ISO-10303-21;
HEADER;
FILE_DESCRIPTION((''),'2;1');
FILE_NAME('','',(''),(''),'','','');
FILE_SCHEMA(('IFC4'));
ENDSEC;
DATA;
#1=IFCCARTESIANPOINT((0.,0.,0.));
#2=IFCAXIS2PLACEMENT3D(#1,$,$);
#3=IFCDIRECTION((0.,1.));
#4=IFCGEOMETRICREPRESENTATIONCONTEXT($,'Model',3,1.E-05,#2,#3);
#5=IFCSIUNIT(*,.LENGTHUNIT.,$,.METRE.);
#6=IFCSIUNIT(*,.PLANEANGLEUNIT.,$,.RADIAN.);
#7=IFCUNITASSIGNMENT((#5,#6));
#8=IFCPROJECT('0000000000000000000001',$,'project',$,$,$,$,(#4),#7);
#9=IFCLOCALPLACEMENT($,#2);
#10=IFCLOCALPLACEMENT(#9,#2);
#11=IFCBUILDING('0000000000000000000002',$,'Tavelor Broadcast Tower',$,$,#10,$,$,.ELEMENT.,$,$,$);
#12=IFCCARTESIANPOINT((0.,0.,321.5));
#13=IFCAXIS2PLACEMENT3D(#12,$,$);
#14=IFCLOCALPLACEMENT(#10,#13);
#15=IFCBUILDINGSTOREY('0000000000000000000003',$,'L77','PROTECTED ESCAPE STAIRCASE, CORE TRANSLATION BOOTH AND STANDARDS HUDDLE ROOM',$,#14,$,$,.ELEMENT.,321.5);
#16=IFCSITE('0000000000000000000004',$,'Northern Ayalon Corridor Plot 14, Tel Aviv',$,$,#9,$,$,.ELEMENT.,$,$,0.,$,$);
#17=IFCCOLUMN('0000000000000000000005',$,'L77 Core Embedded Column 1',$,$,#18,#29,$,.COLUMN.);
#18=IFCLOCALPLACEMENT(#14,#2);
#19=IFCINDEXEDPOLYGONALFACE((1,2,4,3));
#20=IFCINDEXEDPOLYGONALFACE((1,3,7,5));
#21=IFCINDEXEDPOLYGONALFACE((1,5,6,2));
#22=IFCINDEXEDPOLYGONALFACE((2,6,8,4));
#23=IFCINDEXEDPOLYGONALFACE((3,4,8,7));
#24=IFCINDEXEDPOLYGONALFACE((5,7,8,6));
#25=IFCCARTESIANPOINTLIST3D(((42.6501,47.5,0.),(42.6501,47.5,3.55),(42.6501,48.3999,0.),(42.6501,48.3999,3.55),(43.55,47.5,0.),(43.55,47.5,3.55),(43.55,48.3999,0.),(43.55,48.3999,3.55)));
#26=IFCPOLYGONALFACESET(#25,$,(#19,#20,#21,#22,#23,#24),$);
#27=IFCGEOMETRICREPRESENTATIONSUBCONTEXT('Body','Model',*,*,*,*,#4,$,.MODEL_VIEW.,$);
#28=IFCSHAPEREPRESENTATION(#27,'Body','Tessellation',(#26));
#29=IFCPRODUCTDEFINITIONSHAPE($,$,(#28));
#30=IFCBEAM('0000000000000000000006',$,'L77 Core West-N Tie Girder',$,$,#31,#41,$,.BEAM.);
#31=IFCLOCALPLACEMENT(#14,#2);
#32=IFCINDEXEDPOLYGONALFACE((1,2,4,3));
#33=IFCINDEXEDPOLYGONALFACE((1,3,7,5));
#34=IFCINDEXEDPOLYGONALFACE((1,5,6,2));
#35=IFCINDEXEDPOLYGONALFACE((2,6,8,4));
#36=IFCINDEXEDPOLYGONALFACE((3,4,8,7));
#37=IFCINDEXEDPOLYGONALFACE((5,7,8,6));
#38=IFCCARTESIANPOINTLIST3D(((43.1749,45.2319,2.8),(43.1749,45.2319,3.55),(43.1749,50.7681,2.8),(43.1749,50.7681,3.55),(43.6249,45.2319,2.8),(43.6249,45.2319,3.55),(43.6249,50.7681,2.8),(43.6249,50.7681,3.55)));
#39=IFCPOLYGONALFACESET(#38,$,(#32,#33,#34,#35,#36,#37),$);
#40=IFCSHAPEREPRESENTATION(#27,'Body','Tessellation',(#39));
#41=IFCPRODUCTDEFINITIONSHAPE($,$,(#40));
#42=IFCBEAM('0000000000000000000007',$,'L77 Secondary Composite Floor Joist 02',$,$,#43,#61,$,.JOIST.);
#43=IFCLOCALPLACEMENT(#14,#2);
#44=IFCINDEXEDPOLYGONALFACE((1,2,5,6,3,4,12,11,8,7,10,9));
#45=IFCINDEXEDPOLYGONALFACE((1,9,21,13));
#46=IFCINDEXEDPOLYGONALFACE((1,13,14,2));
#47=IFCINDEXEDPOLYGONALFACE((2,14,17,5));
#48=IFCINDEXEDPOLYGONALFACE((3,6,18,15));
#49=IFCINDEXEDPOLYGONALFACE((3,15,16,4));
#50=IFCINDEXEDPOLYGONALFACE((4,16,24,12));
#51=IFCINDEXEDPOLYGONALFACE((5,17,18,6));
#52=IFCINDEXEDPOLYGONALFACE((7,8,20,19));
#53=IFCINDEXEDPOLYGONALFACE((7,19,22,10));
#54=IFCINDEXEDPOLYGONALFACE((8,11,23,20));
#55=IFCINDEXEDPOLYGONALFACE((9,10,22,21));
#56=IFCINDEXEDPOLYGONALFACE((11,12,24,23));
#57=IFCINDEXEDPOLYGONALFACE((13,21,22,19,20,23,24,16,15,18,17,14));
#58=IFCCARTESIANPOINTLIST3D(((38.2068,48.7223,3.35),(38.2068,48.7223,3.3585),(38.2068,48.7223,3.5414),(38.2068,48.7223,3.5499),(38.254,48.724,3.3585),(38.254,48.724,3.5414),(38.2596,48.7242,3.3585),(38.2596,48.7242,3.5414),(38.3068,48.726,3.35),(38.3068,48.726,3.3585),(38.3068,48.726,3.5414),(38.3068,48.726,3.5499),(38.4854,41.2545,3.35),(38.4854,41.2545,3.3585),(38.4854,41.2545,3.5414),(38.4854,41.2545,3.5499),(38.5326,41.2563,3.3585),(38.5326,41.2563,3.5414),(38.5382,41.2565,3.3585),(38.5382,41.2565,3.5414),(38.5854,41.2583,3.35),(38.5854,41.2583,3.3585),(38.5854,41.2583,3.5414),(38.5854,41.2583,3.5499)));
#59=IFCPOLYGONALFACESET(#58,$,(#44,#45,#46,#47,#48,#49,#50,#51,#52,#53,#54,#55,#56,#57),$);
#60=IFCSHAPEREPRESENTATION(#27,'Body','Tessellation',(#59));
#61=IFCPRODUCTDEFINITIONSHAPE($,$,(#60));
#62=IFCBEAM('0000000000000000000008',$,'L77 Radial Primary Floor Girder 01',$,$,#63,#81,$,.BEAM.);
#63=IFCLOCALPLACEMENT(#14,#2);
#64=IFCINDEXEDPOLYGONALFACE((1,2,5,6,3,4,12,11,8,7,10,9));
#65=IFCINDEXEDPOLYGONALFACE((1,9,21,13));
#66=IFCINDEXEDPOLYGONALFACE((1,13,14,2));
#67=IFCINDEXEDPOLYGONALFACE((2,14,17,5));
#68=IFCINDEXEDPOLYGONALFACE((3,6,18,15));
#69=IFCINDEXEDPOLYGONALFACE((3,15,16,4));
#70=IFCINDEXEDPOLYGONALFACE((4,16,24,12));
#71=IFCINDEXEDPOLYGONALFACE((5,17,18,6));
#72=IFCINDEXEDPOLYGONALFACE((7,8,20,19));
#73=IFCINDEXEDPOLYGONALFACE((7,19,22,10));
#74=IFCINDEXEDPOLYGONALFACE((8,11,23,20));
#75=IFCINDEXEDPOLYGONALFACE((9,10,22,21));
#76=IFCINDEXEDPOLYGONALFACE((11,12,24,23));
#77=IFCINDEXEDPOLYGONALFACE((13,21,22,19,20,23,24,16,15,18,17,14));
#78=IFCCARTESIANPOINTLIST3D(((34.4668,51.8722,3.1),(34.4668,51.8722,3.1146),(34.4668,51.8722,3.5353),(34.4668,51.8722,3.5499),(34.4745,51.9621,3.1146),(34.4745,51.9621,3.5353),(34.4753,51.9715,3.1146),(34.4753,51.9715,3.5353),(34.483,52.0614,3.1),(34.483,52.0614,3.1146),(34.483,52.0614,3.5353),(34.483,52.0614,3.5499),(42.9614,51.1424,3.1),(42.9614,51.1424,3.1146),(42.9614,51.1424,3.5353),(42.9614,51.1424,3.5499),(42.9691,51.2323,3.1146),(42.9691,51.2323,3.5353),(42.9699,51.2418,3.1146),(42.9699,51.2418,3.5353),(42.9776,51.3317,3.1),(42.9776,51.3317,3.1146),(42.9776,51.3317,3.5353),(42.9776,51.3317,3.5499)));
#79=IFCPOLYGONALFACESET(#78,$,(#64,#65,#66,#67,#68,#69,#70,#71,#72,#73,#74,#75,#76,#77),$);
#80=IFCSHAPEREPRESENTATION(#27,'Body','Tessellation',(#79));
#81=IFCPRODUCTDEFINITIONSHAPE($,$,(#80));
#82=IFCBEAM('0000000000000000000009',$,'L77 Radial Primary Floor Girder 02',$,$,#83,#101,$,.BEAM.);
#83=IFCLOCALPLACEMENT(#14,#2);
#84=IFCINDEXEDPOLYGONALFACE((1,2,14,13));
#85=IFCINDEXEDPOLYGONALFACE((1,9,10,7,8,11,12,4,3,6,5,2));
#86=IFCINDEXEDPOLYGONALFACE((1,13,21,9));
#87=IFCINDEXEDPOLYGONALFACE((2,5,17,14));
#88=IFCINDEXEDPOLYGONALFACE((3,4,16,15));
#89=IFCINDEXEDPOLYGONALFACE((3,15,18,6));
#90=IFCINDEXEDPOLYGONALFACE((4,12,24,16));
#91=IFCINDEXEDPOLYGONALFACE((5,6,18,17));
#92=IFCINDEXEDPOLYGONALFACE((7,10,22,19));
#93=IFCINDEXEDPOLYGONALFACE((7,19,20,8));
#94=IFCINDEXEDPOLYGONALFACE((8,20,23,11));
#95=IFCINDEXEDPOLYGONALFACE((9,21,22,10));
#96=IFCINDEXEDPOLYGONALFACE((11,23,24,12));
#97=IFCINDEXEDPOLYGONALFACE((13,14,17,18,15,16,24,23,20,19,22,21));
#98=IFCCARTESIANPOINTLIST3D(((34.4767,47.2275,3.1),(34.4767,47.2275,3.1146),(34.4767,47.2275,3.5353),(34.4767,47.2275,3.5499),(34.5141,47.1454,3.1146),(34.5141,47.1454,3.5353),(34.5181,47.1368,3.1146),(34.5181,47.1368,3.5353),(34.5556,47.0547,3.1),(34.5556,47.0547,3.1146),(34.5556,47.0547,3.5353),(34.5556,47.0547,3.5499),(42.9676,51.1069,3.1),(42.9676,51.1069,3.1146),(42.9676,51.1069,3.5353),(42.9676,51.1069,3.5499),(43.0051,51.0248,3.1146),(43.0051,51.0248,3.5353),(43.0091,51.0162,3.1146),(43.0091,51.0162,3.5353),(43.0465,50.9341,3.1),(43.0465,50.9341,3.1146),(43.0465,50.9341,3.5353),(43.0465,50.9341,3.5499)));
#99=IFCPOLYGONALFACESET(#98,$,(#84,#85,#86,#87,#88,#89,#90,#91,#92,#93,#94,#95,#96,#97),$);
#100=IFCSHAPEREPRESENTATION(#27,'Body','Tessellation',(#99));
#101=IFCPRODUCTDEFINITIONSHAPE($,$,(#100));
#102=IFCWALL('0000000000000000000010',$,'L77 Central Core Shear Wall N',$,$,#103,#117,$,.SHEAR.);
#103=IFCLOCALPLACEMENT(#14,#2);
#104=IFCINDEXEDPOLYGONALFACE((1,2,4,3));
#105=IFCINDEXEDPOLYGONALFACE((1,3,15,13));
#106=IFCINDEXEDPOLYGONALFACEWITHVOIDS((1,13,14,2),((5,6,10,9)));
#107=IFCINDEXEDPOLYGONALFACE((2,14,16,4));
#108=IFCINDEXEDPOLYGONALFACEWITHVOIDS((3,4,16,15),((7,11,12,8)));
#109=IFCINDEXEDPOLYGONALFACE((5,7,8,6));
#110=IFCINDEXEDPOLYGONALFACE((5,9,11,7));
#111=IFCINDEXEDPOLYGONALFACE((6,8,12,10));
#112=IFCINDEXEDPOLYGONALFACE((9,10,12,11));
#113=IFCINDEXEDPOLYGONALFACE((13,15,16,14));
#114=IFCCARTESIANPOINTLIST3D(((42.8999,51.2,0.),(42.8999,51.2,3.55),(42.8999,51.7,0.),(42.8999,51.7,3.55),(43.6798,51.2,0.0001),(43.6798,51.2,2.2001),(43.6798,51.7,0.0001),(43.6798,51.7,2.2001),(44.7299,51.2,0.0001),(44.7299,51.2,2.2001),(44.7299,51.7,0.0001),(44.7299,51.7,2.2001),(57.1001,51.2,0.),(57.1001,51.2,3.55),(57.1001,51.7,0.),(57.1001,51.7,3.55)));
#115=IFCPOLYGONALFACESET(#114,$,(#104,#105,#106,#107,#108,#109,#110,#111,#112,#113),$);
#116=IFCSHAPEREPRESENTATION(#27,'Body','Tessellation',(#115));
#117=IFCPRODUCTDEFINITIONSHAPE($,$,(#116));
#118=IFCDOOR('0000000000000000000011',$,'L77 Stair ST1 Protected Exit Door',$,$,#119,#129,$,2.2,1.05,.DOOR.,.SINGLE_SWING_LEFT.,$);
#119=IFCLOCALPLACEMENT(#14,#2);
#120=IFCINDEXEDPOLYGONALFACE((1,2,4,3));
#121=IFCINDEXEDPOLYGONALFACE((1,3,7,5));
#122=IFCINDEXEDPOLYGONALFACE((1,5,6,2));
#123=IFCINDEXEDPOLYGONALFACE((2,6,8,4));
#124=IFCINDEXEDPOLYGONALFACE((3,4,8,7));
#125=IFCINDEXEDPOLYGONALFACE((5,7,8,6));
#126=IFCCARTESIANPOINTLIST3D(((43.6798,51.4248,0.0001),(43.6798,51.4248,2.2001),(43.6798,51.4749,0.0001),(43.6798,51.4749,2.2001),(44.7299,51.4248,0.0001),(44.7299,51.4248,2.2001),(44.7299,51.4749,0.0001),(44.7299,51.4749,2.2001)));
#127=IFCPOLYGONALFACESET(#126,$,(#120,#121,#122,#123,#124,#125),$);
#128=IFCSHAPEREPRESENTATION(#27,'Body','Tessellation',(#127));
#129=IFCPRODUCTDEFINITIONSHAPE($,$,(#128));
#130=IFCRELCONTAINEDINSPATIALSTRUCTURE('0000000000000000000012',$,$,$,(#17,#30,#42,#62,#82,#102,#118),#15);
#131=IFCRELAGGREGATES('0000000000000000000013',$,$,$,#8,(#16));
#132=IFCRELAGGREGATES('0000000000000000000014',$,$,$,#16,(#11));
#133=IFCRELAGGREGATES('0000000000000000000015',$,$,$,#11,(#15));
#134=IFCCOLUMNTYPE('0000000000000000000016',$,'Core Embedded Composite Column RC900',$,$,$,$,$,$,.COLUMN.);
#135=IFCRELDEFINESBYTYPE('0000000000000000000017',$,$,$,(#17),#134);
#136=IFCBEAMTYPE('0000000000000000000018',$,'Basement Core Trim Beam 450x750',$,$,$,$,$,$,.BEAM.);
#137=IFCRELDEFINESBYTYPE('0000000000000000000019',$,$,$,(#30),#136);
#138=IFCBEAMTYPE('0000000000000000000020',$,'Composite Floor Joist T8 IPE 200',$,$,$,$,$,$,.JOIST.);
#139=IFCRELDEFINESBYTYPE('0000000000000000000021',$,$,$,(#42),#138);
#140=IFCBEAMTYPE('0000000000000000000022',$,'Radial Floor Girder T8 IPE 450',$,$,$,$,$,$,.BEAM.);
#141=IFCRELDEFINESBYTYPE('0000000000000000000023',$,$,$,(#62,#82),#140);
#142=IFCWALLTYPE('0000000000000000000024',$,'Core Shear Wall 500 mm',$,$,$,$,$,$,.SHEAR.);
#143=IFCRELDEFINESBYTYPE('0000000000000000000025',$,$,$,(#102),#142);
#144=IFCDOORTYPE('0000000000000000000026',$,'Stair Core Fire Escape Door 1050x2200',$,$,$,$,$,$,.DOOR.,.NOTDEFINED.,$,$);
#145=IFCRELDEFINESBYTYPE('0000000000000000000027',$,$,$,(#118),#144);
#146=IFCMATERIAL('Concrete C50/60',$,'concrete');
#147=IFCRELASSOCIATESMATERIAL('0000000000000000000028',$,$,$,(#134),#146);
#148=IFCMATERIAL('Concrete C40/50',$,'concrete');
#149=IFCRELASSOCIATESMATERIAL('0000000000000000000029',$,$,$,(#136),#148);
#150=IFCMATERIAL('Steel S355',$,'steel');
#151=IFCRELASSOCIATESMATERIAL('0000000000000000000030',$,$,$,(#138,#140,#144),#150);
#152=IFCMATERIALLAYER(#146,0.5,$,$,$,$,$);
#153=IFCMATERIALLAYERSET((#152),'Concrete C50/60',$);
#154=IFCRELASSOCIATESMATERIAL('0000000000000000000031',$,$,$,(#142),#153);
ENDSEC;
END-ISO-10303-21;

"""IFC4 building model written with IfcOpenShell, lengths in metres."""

from ifc_helpers import new_model, si_unit, direction, frame, frame_2d, origin, origin_2d, place, context, subcontext, project, spatial, rectangle, i_section, extrude, material, layer, layer_set, material_profile, profile_set, type_object, element, fill, save


model = new_model("IFC4")

# Units and contexts
model_context = context("Model", 3, precision=1e-05, world=origin(), true_north=direction((0.0, 1.0)))
body_context = subcontext(model_context, "Body", "Model", "MODEL_VIEW")
ifc_project = project(units=[si_unit("LENGTHUNIT", "METRE"), si_unit("PLANEANGLEUNIT", "RADIAN")], contexts=[model_context])

# Site, building, storey
site_placement = place(None, origin())
site = spatial("IfcSite", under=ifc_project, at=site_placement, Name="Northern Ayalon Corridor Plot 14, Tel Aviv", CompositionType="ELEMENT", RefElevation=0.0)
building_placement = place(site_placement, origin())
building = spatial("IfcBuilding", under=site, at=building_placement, Name="Tavelor Broadcast Tower", CompositionType="ELEMENT")
storey_placement = place(building_placement, frame((0.0, 0.0, 321.5)))
storey = spatial("IfcBuildingStorey", under=building, at=storey_placement, Name="L77", Description="PROTECTED ESCAPE STAIRCASE, CORE TRANSLATION BOOTH AND STANDARDS HUDDLE ROOM", CompositionType="ELEMENT", Elevation=321.5)

# Column
ifc_material_1 = material(Name="Concrete C50/60", Category="concrete")
ifc_material_profile_1 = material_profile(ifc_material_1, rectangle(XDim=0.8999, YDim=0.8999, at=origin_2d()), Name="RC 900x900")
ifc_profile_set_1 = profile_set([ifc_material_profile_1], Name="Concrete C50/60")
column_type = type_object("IfcColumnType", Name="Core Embedded Composite Column RC900", PredefinedType="COLUMN", material=ifc_profile_set_1)
column_placement = place(storey_placement, frame((43.1001, 47.95, 0.0), z_axis=(0.0, 0.0, 1.0), x_axis=(1.0, 0.0, 0.0)))
element("IfcColumn", 1, at=column_placement, inside=storey, type_object=column_type, Name="L77 Core Embedded Column 1", PredefinedType="COLUMN", context=body_context, shape_type="SweptSolid", body=[
    extrude(rectangle(XDim=0.8999, YDim=0.8999, at=origin_2d()), origin(), (0.0, 0.0, 1.0), 3.55),
])

# Beams
ifc_material_2 = material(Name="Concrete C40/50", Category="concrete")
ifc_material_profile_2 = material_profile(ifc_material_2, rectangle(XDim=0.45, YDim=0.75, at=origin_2d()), Name="RC 450x750")
ifc_profile_set_2 = profile_set([ifc_material_profile_2], Name="Concrete C40/50")
beam_type_1 = type_object("IfcBeamType", Name="Basement Core Trim Beam 450x750", PredefinedType="BEAM", material=ifc_profile_set_2)
beam_1_placement = place(storey_placement, frame((43.3999, 45.2319, 3.175), z_axis=(0.0, 1.0, 0.0), x_axis=(-1.0, 0.0, 0.0)))
element("IfcBeam", 2, at=beam_1_placement, inside=storey, type_object=beam_type_1, Name="L77 Core West-N Tie Girder", PredefinedType="BEAM", context=body_context, shape_type="SweptSolid", body=[
    extrude(rectangle(XDim=0.45, YDim=0.75, at=origin_2d()), origin(), (0.0, 0.0, 1.0), 5.5361),
])
ifc_material_3 = material(Name="Steel S355", Category="steel")
ifc_material_profile_3 = material_profile(ifc_material_3, i_section(OverallWidth=0.1001, OverallDepth=0.2, WebThickness=0.0056, FlangeThickness=0.0085, at=origin_2d()), Name="IPE 200")
ifc_profile_set_3 = profile_set([ifc_material_profile_3], Name="Steel S355")
beam_type_2 = type_object("IfcBeamType", Name="Composite Floor Joist T8 IPE 200", PredefinedType="JOIST", material=ifc_profile_set_3)
beam_2_placement = place(storey_placement, frame((38.2568, 48.7241, 3.45), z_axis=(0.037276, -0.999305, 0.0), x_axis=(0.999305, 0.037276, 0.0)))
element("IfcBeam", 3, at=beam_2_placement, inside=storey, type_object=beam_type_2, Name="L77 Secondary Composite Floor Joist 02", PredefinedType="JOIST", context=body_context, shape_type="SweptSolid", body=[
    extrude(i_section(OverallWidth=0.1001, OverallDepth=0.2, WebThickness=0.0056, FlangeThickness=0.0085, at=origin_2d()), origin(), (0.0, 0.0, 1.0), 7.4729),
])
ifc_material_profile_4 = material_profile(ifc_material_3, i_section(OverallWidth=0.1899, OverallDepth=0.45, WebThickness=0.0095, FlangeThickness=0.0146, at=origin_2d()), Name="IPE 450")
ifc_profile_set_4 = profile_set([ifc_material_profile_4], Name="Steel S355")
beam_type_3 = type_object("IfcBeamType", Name="Radial Floor Girder T8 IPE 450", PredefinedType="BEAM", material=ifc_profile_set_4)
beam_3_placement = place(storey_placement, frame((42.9695, 51.2371, 3.325), z_axis=(-0.99633, 0.08559, 0.0), x_axis=(-0.08559, -0.99633, 0.0)))
element("IfcBeam", 4, at=beam_3_placement, inside=storey, type_object=beam_type_3, Name="L77 Radial Primary Floor Girder 01", PredefinedType="BEAM", context=body_context, shape_type="SweptSolid", body=[
    extrude(i_section(OverallWidth=0.1899, OverallDepth=0.45, WebThickness=0.0095, FlangeThickness=0.0146, at=origin_2d()), origin(), (0.0, 0.0, 1.0), 8.5259),
])
beam_4_placement = place(storey_placement, frame((43.0071, 51.0205, 3.325), z_axis=(-0.909563, -0.415566, 0.0), x_axis=(0.415566, -0.909563, 0.0)))
element("IfcBeam", 5, at=beam_4_placement, inside=storey, type_object=beam_type_3, Name="L77 Radial Primary Floor Girder 02", PredefinedType="BEAM", context=body_context, shape_type="SweptSolid", body=[
    extrude(i_section(OverallWidth=0.1899, OverallDepth=0.45, WebThickness=0.0095, FlangeThickness=0.0146, at=origin_2d()), origin(), (0.0, 0.0, 1.0), 9.3352),
])

# Wall, opening, door
ifc_layer_1 = layer(ifc_material_1, 0.5)
ifc_layer_set_1 = layer_set([ifc_layer_1], Name="Concrete C50/60")
wall_type_1 = type_object("IfcWallType", Name="Core Shear Wall 500 mm", PredefinedType="SHEAR", material=ifc_layer_set_1)
wall_1_placement = place(storey_placement, frame((42.8999, 51.45, 0.0), z_axis=(0.0, 0.0, 1.0), x_axis=(1.0, 0.0, 0.0)))
wall_1 = element("IfcWall", 6, at=wall_1_placement, inside=storey, type_object=wall_type_1, Name="L77 Central Core Shear Wall N", PredefinedType="SHEAR", context=body_context, shape_type="SweptSolid", body=[
    extrude(rectangle(XDim=14.2002, YDim=0.5, at=frame_2d((7.1001, 0.0))), origin(), (0.0, 0.0, 1.0), 3.55),
])
opening_1_placement = place(wall_1_placement, frame((0.78, 0.0, 0.0)))
opening_1 = element("IfcOpeningElement", 7, at=opening_1_placement, cuts=wall_1, PredefinedType="OPENING", context=body_context, shape_type="SweptSolid", body=[
    extrude(rectangle(XDim=1.05, YDim=2.2, at=frame_2d((0.5249, 1.1001))), frame((0.0, 0.26, 0.0), z_axis=(0.0, -1.0, 0.0), x_axis=(1.0, 0.0, 0.0)), (0.0, 0.0, 1.0), 0.52),
])
door_type_1 = type_object("IfcDoorType", Name="Stair Core Fire Escape Door 1050x2200", OperationType="NOTDEFINED", PredefinedType="DOOR", material=ifc_material_3)
door_1_placement = place(opening_1_placement, origin())
door_1 = element("IfcDoor", 8, at=door_1_placement, inside=storey, type_object=door_type_1, Name="L77 Stair ST1 Protected Exit Door", OperationType="SINGLE_SWING_LEFT", OverallHeight=2.2, OverallWidth=1.05, PredefinedType="DOOR", context=body_context, shape_type="SweptSolid", body=[
    extrude(rectangle(XDim=1.05, YDim=2.2, at=frame_2d((0.5249, 1.1001))), frame((0.0, 0.0249, 0.0), z_axis=(0.0, -1.0, 0.0), x_axis=(1.0, 0.0, 0.0)), (0.0, 0.0, 1.0), 0.05),
])
fill(opening_1, door_1)

save(model, "model.ifc")
